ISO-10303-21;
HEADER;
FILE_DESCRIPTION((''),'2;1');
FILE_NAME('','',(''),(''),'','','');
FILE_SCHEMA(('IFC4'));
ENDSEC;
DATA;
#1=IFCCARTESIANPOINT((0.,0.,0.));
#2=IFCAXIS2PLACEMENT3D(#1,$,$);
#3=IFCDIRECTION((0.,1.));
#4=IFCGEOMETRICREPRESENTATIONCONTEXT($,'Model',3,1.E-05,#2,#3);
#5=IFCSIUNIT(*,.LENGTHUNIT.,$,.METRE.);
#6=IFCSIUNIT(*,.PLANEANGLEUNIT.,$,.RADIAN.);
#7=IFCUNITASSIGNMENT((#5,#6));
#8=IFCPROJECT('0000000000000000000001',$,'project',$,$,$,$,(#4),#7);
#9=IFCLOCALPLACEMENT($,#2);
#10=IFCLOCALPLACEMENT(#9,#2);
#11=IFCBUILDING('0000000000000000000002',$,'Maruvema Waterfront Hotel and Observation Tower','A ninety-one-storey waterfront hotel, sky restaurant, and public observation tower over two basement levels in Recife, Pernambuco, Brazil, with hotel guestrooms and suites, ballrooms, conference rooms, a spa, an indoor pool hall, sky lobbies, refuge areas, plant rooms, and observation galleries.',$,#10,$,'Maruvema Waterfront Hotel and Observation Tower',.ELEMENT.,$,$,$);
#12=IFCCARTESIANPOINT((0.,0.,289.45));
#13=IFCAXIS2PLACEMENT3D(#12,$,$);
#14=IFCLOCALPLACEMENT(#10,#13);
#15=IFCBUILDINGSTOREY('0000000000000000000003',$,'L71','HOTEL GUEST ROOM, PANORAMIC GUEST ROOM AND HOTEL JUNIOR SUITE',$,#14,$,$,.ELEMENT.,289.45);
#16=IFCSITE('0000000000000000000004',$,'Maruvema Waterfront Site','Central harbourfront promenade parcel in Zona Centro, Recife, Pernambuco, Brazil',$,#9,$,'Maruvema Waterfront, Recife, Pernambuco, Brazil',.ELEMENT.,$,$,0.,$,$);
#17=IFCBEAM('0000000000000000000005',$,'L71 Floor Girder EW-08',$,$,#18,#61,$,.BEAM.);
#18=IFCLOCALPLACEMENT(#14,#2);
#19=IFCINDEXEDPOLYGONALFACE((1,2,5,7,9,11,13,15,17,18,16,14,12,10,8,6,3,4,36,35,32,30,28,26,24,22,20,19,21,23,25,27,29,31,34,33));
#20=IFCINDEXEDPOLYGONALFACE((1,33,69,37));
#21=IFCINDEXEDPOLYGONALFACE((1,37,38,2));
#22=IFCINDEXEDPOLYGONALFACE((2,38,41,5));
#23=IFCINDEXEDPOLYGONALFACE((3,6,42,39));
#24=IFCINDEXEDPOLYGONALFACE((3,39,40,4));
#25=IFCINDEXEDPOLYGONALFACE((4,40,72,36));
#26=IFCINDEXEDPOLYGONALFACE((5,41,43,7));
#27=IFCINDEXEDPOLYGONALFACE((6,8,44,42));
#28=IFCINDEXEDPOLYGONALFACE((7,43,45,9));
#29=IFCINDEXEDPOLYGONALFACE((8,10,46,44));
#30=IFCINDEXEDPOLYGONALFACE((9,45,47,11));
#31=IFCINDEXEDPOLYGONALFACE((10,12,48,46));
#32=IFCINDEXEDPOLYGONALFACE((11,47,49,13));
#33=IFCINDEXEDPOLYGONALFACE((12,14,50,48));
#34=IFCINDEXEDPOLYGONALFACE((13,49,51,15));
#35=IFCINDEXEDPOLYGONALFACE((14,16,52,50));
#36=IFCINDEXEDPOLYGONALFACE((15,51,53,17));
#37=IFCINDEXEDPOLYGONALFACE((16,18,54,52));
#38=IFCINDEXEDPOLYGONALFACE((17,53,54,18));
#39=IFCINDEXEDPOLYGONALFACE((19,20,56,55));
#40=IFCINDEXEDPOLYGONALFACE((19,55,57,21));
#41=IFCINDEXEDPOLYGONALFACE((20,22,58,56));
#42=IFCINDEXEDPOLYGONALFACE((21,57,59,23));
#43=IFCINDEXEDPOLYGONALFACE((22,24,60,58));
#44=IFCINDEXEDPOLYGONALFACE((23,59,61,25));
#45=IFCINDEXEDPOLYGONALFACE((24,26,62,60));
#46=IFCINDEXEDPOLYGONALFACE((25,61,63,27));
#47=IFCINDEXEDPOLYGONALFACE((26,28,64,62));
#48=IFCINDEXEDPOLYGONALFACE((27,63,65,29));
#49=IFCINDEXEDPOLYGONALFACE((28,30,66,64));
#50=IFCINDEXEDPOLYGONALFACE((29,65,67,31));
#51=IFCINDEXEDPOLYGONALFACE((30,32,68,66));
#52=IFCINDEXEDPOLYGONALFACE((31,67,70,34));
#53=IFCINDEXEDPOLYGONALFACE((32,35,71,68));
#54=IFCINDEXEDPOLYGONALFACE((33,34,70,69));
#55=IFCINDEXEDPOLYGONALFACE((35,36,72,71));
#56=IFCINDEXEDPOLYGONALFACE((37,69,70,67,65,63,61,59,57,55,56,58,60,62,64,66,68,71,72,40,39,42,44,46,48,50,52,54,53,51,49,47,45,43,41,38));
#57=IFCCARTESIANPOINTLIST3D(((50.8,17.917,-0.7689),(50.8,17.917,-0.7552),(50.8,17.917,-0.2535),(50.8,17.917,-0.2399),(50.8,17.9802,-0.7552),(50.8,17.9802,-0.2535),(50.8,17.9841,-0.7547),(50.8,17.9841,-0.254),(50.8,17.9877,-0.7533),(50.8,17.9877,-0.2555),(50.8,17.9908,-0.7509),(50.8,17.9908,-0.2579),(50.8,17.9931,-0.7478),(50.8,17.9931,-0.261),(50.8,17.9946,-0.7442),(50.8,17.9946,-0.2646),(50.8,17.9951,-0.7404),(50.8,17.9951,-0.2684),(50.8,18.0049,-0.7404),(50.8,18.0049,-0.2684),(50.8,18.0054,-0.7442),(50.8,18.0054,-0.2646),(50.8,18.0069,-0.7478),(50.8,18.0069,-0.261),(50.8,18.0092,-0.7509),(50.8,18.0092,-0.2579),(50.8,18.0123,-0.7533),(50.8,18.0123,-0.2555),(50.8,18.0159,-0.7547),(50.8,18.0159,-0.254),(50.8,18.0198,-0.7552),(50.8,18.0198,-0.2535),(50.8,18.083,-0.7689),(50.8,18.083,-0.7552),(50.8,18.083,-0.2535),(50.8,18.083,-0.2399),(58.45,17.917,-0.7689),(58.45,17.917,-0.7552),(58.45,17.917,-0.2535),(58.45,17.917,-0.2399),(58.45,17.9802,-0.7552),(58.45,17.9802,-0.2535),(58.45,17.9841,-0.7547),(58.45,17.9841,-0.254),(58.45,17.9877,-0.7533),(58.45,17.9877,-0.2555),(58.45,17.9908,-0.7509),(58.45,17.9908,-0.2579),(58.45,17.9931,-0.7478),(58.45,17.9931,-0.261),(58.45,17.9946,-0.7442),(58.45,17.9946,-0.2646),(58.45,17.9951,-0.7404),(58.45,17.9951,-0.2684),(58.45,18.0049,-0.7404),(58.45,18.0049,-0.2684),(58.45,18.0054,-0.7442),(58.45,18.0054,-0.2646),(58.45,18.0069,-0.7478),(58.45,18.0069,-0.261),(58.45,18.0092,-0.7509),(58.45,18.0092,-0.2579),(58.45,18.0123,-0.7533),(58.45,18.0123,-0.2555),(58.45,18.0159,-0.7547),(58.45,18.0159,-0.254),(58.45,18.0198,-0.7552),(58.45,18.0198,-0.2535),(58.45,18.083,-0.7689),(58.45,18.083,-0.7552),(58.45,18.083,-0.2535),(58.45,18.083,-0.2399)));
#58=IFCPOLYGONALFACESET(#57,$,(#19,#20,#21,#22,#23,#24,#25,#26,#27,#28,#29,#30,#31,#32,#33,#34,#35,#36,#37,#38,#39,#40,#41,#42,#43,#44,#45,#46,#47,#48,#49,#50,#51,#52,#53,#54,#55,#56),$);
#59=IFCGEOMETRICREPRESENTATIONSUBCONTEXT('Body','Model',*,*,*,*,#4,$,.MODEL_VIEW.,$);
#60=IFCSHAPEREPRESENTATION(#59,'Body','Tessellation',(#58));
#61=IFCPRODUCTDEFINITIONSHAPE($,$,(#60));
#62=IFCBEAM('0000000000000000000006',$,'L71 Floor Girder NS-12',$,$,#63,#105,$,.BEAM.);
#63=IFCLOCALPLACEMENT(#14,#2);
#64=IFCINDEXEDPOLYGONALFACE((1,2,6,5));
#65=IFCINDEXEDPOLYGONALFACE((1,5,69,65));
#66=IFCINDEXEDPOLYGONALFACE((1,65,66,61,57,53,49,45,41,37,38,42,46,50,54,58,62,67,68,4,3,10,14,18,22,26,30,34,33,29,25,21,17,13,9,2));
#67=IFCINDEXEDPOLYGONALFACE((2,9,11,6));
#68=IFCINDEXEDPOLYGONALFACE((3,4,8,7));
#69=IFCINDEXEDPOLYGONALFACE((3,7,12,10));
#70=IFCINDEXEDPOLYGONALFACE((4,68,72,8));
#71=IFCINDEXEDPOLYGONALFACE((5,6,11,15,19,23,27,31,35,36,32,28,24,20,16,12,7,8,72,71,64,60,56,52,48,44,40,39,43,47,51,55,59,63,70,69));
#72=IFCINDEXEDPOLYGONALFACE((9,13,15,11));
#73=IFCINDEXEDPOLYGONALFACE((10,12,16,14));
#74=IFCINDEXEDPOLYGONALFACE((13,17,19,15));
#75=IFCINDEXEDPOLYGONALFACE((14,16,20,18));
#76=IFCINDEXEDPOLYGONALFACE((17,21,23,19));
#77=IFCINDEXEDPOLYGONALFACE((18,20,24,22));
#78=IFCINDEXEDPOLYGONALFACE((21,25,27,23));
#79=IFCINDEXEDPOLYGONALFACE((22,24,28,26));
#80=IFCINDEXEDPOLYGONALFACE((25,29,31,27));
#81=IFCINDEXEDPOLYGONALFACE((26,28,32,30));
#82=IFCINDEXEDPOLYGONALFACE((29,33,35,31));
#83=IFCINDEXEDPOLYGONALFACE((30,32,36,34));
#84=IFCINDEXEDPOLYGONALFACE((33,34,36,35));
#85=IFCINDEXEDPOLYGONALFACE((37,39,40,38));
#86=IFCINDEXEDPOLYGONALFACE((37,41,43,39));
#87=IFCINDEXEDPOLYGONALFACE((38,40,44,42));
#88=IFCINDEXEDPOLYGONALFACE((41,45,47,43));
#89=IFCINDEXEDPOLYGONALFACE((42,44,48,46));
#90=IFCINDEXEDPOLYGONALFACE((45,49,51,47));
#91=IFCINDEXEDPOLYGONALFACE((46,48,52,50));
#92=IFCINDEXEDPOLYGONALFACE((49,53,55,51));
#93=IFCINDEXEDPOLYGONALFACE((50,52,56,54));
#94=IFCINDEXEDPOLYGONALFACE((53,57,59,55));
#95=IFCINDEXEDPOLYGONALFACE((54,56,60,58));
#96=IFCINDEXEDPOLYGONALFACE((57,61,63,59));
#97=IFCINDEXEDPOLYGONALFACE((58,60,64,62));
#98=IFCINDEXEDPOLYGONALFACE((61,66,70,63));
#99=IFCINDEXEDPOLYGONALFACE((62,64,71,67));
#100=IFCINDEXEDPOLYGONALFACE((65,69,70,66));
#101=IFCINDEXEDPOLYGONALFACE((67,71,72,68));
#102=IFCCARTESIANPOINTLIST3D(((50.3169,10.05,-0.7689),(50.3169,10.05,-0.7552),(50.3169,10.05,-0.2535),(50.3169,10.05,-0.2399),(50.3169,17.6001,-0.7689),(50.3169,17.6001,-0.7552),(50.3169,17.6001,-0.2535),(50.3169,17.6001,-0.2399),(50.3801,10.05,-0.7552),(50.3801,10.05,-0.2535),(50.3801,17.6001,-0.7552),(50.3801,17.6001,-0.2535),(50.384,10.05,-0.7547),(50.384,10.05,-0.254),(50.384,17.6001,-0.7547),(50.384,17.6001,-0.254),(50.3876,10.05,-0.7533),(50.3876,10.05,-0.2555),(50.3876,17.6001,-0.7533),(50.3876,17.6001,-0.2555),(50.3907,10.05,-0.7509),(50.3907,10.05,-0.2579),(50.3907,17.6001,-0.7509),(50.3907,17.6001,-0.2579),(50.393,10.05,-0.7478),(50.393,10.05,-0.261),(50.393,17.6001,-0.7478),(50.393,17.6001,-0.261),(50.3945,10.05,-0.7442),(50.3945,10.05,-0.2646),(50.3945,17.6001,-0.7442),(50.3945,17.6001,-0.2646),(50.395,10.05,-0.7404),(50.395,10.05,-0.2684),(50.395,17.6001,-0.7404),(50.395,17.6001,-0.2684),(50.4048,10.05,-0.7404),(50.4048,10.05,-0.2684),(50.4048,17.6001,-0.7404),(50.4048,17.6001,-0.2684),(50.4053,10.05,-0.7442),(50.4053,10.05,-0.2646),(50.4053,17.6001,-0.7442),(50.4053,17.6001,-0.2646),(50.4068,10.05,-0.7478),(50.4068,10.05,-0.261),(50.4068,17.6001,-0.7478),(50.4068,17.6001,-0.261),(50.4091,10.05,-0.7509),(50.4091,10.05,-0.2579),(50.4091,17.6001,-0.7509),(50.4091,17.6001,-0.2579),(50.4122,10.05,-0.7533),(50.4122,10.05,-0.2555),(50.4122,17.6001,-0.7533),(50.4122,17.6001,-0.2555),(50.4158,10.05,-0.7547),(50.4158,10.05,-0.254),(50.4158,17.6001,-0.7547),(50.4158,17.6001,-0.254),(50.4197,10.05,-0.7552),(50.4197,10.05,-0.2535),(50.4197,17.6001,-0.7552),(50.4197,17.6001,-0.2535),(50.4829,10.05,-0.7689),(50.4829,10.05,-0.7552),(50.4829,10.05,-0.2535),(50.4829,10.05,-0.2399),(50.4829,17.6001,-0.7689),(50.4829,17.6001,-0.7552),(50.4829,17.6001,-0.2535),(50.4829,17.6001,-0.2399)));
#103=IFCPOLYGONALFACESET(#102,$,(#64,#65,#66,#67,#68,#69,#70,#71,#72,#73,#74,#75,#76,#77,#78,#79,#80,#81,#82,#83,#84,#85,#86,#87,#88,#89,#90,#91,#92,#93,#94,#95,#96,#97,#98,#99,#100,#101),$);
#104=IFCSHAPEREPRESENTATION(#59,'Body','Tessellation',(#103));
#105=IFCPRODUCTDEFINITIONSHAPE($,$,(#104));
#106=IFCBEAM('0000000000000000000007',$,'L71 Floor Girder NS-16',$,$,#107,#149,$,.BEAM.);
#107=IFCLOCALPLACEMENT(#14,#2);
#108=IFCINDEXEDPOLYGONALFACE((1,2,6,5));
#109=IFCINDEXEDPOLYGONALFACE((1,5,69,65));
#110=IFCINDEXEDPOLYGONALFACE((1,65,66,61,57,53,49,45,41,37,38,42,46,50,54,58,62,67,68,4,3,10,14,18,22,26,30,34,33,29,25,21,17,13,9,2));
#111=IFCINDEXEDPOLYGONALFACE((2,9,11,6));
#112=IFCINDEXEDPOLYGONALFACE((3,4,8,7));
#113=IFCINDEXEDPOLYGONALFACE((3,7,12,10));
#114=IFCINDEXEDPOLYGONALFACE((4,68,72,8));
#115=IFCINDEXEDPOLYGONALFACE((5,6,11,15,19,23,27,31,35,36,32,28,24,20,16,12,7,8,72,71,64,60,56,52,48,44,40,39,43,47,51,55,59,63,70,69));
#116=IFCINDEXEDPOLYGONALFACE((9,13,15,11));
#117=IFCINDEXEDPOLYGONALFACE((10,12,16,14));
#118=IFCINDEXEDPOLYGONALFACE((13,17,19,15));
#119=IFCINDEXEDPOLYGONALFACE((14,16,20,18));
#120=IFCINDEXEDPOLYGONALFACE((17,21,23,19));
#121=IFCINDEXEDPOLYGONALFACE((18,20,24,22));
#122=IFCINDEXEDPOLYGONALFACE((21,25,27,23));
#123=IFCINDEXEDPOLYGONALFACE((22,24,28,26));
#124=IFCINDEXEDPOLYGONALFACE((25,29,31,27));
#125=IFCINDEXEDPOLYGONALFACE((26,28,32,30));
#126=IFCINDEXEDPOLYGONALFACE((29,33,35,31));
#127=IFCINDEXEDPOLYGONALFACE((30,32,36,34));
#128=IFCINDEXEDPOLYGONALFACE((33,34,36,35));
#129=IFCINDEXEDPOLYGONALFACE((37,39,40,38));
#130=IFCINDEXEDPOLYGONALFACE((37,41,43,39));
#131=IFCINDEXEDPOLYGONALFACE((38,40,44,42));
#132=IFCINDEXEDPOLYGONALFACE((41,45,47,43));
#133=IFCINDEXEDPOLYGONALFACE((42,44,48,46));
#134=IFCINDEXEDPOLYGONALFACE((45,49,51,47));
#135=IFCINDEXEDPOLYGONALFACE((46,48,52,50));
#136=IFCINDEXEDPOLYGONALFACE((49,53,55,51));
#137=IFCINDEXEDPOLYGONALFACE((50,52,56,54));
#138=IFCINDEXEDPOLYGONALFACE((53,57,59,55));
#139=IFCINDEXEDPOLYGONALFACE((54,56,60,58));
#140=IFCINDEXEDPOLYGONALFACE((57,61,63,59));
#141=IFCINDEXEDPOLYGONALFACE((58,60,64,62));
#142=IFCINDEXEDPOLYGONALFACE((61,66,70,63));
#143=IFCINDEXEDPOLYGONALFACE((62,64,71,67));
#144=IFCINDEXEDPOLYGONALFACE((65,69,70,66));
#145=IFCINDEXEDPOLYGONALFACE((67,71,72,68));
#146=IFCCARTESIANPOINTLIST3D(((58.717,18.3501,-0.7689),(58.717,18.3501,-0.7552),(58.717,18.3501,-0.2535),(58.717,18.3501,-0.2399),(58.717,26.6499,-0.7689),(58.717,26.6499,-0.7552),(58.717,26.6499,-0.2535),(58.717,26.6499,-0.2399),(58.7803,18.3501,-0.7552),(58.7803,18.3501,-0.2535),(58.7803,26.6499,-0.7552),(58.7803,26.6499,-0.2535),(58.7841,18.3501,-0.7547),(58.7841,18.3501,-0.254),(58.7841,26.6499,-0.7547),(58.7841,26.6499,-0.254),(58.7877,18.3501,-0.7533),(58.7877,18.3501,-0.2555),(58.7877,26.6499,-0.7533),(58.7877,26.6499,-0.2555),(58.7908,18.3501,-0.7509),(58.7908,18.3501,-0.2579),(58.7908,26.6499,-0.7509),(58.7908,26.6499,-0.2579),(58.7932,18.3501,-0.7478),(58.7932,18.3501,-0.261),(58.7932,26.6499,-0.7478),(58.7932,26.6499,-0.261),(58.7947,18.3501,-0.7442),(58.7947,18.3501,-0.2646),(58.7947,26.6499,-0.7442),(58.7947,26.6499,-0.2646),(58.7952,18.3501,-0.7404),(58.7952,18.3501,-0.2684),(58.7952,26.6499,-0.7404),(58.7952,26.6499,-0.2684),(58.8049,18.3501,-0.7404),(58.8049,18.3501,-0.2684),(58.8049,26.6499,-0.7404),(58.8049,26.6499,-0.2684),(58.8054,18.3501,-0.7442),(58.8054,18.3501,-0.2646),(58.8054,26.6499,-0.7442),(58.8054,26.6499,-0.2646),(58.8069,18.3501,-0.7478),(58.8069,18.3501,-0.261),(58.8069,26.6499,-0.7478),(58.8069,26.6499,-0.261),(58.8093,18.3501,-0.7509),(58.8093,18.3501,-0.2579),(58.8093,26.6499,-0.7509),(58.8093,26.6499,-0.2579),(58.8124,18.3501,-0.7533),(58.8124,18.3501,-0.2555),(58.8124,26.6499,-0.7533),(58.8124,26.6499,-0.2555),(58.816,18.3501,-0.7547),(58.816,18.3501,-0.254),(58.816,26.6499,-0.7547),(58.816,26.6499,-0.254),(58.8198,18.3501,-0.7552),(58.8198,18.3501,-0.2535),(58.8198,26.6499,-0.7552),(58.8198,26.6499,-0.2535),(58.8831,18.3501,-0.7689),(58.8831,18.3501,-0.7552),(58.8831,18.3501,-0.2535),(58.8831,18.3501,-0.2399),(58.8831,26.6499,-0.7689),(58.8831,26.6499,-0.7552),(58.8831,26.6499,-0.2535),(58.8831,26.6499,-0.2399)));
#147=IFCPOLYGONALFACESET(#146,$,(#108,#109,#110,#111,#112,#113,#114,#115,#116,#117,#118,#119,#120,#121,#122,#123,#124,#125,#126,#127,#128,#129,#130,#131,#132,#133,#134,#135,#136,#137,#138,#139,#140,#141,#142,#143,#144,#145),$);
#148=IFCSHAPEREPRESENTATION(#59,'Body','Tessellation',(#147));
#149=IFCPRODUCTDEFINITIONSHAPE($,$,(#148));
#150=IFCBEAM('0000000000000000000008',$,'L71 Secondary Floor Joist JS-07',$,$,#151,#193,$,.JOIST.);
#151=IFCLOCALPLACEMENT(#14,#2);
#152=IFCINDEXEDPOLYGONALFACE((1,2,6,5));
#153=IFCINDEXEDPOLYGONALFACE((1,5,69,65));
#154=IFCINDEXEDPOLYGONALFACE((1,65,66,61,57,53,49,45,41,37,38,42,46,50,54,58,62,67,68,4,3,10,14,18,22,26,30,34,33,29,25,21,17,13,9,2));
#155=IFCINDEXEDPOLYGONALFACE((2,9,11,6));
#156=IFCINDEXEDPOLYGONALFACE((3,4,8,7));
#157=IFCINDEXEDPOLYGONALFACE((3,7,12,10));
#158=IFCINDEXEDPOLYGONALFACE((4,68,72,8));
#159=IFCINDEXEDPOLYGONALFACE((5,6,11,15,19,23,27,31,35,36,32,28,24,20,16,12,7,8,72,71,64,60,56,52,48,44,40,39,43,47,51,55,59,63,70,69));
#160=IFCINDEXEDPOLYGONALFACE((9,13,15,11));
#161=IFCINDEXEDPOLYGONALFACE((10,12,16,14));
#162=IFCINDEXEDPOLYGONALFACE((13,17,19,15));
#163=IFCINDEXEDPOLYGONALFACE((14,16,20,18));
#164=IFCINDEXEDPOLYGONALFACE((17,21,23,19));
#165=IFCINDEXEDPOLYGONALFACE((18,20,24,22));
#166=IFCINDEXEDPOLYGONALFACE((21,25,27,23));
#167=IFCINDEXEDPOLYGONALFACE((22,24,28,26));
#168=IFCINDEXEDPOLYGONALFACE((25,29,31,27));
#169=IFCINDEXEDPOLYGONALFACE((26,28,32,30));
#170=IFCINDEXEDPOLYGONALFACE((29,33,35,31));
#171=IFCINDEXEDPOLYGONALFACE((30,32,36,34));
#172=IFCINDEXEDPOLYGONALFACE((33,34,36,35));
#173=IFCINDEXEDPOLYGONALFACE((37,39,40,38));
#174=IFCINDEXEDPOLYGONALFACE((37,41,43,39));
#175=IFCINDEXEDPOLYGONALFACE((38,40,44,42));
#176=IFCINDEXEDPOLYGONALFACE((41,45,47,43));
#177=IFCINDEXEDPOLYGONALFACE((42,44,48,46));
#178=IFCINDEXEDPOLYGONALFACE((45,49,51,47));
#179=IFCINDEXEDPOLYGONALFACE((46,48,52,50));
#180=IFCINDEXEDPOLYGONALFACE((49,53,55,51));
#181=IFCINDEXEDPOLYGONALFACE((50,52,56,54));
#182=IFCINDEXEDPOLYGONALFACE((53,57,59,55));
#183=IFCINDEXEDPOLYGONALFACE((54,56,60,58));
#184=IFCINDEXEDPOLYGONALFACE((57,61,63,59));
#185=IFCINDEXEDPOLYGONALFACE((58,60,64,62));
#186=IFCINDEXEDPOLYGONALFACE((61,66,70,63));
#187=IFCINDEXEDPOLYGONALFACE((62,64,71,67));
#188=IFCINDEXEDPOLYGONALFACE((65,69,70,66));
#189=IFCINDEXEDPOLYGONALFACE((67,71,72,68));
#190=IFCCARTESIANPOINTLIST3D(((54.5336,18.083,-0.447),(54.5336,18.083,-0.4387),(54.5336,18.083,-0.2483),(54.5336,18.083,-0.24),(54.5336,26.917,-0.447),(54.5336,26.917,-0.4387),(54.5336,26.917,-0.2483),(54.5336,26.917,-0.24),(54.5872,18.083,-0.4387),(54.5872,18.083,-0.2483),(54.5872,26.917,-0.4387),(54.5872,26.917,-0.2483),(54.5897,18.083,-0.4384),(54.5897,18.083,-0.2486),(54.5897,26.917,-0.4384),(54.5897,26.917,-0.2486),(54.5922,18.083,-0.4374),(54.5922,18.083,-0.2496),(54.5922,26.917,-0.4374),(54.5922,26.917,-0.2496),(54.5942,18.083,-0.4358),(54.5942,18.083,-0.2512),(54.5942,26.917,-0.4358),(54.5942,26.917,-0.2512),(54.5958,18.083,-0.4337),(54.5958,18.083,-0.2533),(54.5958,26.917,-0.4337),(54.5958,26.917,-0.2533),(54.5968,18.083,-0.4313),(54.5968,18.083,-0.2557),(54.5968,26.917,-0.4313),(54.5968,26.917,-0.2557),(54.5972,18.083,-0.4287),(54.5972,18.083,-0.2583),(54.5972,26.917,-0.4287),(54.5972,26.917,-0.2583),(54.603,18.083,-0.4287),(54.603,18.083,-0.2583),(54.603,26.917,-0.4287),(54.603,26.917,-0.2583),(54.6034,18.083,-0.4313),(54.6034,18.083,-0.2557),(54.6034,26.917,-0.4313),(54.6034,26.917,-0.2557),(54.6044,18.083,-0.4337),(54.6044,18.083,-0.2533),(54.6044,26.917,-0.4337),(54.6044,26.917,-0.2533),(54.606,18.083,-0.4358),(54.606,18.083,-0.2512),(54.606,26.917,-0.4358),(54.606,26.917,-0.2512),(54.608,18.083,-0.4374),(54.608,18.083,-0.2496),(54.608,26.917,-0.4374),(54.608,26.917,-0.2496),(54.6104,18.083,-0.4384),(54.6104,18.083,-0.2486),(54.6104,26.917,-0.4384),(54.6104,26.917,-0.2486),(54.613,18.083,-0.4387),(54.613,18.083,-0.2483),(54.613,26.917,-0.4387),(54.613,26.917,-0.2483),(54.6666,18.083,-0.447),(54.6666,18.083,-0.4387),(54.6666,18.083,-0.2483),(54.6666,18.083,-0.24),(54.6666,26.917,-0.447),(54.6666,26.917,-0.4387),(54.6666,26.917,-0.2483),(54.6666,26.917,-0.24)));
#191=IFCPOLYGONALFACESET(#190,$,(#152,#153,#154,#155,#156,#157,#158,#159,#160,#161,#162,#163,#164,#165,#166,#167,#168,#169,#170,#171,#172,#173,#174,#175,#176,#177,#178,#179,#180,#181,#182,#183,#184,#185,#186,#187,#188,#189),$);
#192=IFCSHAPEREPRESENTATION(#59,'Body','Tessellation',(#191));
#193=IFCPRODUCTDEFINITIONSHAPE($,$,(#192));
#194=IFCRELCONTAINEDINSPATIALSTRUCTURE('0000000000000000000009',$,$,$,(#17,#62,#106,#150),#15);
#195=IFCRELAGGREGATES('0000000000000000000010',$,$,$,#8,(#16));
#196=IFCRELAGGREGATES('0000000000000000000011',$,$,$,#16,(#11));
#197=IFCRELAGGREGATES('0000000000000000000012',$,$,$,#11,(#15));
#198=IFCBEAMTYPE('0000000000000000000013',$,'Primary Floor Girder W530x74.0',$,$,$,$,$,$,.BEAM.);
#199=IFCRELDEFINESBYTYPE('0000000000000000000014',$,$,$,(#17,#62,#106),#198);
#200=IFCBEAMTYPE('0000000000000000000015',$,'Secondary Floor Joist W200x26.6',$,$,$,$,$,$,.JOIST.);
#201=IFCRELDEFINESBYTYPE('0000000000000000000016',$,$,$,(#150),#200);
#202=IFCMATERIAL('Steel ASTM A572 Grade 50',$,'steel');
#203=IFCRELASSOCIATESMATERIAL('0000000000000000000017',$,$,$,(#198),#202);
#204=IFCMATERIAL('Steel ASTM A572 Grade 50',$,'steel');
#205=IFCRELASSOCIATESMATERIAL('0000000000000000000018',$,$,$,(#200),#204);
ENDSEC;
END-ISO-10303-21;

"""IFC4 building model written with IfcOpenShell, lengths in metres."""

from ifc_helpers import new_model, si_unit, direction, frame, origin, origin_2d, place, context, subcontext, project, spatial, i_section, extrude, material, material_profile, profile_set, type_object, element, save


model = new_model("IFC4")

# Units and contexts
model_context = context("Model", 3, precision=1e-05, world=origin(), true_north=direction((0.0, 1.0)))
body_context = subcontext(model_context, "Body", "Model", "MODEL_VIEW")
ifc_project = project(units=[si_unit("LENGTHUNIT", "METRE"), si_unit("PLANEANGLEUNIT", "RADIAN")], contexts=[model_context])

# Site, building, storey
site_placement = place(None, origin())
site = spatial("IfcSite", under=ifc_project, at=site_placement, Name="Maruvema Waterfront Site", Description="Central harbourfront promenade parcel in Zona Centro, Recife, Pernambuco, Brazil", LongName="Maruvema Waterfront, Recife, Pernambuco, Brazil", CompositionType="ELEMENT", RefElevation=0.0)
building_placement = place(site_placement, origin())
building = spatial("IfcBuilding", under=site, at=building_placement, Name="Maruvema Waterfront Hotel and Observation Tower", Description="A ninety-one-storey waterfront hotel, sky restaurant, and public observation tower over two basement levels in Recife, Pernambuco, Brazil, with hotel guestrooms and suites, ballrooms, conference rooms, a spa, an indoor pool hall, sky lobbies, refuge areas, plant rooms, and observation galleries.", LongName="Maruvema Waterfront Hotel and Observation Tower", CompositionType="ELEMENT")
storey_placement = place(building_placement, frame((0.0, 0.0, 289.45)))
storey = spatial("IfcBuildingStorey", under=building, at=storey_placement, Name="L71", Description="HOTEL GUEST ROOM, PANORAMIC GUEST ROOM AND HOTEL JUNIOR SUITE", CompositionType="ELEMENT", Elevation=289.45)

# Beams
ifc_material_1 = material(Name="Steel ASTM A572 Grade 50", Category="steel")
ifc_material_profile_1 = material_profile(ifc_material_1, i_section(OverallWidth=0.166, OverallDepth=0.5291, WebThickness=0.0098, FlangeThickness=0.0137, FilletRadius=0.0149, at=origin_2d()), Name="W530x74.0")
ifc_profile_set_1 = profile_set([ifc_material_profile_1], Name="Steel ASTM A572 Grade 50")
beam_type_1 = type_object("IfcBeamType", Name="Primary Floor Girder W530x74.0", PredefinedType="BEAM", material=ifc_profile_set_1)
beam_1_placement = place(storey_placement, frame((50.8, 18.0, -0.5044), z_axis=(1.0, 0.0, 0.0), x_axis=(0.0, 1.0, 0.0)))
element("IfcBeam", 1, at=beam_1_placement, inside=storey, type_object=beam_type_1, Name="L71 Floor Girder EW-08", PredefinedType="BEAM", context=body_context, shape_type="SweptSolid", body=[
    extrude(i_section(OverallWidth=0.166, OverallDepth=0.5291, WebThickness=0.0098, FlangeThickness=0.0137, FilletRadius=0.0149, at=origin_2d()), origin(), (0.0, 0.0, 1.0), 7.6499),
])
beam_2_placement = place(storey_placement, frame((50.3999, 10.05, -0.5044), z_axis=(0.0, 1.0, 0.0), x_axis=(-1.0, 0.0, 0.0)))
element("IfcBeam", 2, at=beam_2_placement, inside=storey, type_object=beam_type_1, Name="L71 Floor Girder NS-12", PredefinedType="BEAM", context=body_context, shape_type="SweptSolid", body=[
    extrude(i_section(OverallWidth=0.166, OverallDepth=0.5291, WebThickness=0.0098, FlangeThickness=0.0137, FilletRadius=0.0149, at=origin_2d()), origin(), (0.0, 0.0, 1.0), 7.55),
])
beam_3_placement = place(storey_placement, frame((58.8, 18.3501, -0.5044), z_axis=(0.0, 1.0, 0.0), x_axis=(-1.0, 0.0, 0.0)))
element("IfcBeam", 3, at=beam_3_placement, inside=storey, type_object=beam_type_1, Name="L71 Floor Girder NS-16", PredefinedType="BEAM", context=body_context, shape_type="SweptSolid", body=[
    extrude(i_section(OverallWidth=0.166, OverallDepth=0.5291, WebThickness=0.0098, FlangeThickness=0.0137, FilletRadius=0.0149, at=origin_2d()), origin(), (0.0, 0.0, 1.0), 8.2998),
])
ifc_material_2 = material(Name="Steel ASTM A572 Grade 50", Category="steel")
ifc_material_profile_2 = material_profile(ifc_material_2, i_section(OverallWidth=0.1331, OverallDepth=0.207, WebThickness=0.0059, FlangeThickness=0.0083, FilletRadius=0.01, at=origin_2d()), Name="W200x26.6")
ifc_profile_set_2 = profile_set([ifc_material_profile_2], Name="Steel ASTM A572 Grade 50")
beam_type_2 = type_object("IfcBeamType", Name="Secondary Floor Joist W200x26.6", PredefinedType="JOIST", material=ifc_profile_set_2)
beam_4_placement = place(storey_placement, frame((54.6001, 18.083, -0.3435), z_axis=(0.0, 1.0, 0.0), x_axis=(-1.0, 0.0, 0.0)))
element("IfcBeam", 4, at=beam_4_placement, inside=storey, type_object=beam_type_2, Name="L71 Secondary Floor Joist JS-07", PredefinedType="JOIST", context=body_context, shape_type="SweptSolid", body=[
    extrude(i_section(OverallWidth=0.1331, OverallDepth=0.207, WebThickness=0.0059, FlangeThickness=0.0083, FilletRadius=0.01, at=origin_2d()), origin(), (0.0, 0.0, 1.0), 8.834),
])

save(model, "model.ifc")
